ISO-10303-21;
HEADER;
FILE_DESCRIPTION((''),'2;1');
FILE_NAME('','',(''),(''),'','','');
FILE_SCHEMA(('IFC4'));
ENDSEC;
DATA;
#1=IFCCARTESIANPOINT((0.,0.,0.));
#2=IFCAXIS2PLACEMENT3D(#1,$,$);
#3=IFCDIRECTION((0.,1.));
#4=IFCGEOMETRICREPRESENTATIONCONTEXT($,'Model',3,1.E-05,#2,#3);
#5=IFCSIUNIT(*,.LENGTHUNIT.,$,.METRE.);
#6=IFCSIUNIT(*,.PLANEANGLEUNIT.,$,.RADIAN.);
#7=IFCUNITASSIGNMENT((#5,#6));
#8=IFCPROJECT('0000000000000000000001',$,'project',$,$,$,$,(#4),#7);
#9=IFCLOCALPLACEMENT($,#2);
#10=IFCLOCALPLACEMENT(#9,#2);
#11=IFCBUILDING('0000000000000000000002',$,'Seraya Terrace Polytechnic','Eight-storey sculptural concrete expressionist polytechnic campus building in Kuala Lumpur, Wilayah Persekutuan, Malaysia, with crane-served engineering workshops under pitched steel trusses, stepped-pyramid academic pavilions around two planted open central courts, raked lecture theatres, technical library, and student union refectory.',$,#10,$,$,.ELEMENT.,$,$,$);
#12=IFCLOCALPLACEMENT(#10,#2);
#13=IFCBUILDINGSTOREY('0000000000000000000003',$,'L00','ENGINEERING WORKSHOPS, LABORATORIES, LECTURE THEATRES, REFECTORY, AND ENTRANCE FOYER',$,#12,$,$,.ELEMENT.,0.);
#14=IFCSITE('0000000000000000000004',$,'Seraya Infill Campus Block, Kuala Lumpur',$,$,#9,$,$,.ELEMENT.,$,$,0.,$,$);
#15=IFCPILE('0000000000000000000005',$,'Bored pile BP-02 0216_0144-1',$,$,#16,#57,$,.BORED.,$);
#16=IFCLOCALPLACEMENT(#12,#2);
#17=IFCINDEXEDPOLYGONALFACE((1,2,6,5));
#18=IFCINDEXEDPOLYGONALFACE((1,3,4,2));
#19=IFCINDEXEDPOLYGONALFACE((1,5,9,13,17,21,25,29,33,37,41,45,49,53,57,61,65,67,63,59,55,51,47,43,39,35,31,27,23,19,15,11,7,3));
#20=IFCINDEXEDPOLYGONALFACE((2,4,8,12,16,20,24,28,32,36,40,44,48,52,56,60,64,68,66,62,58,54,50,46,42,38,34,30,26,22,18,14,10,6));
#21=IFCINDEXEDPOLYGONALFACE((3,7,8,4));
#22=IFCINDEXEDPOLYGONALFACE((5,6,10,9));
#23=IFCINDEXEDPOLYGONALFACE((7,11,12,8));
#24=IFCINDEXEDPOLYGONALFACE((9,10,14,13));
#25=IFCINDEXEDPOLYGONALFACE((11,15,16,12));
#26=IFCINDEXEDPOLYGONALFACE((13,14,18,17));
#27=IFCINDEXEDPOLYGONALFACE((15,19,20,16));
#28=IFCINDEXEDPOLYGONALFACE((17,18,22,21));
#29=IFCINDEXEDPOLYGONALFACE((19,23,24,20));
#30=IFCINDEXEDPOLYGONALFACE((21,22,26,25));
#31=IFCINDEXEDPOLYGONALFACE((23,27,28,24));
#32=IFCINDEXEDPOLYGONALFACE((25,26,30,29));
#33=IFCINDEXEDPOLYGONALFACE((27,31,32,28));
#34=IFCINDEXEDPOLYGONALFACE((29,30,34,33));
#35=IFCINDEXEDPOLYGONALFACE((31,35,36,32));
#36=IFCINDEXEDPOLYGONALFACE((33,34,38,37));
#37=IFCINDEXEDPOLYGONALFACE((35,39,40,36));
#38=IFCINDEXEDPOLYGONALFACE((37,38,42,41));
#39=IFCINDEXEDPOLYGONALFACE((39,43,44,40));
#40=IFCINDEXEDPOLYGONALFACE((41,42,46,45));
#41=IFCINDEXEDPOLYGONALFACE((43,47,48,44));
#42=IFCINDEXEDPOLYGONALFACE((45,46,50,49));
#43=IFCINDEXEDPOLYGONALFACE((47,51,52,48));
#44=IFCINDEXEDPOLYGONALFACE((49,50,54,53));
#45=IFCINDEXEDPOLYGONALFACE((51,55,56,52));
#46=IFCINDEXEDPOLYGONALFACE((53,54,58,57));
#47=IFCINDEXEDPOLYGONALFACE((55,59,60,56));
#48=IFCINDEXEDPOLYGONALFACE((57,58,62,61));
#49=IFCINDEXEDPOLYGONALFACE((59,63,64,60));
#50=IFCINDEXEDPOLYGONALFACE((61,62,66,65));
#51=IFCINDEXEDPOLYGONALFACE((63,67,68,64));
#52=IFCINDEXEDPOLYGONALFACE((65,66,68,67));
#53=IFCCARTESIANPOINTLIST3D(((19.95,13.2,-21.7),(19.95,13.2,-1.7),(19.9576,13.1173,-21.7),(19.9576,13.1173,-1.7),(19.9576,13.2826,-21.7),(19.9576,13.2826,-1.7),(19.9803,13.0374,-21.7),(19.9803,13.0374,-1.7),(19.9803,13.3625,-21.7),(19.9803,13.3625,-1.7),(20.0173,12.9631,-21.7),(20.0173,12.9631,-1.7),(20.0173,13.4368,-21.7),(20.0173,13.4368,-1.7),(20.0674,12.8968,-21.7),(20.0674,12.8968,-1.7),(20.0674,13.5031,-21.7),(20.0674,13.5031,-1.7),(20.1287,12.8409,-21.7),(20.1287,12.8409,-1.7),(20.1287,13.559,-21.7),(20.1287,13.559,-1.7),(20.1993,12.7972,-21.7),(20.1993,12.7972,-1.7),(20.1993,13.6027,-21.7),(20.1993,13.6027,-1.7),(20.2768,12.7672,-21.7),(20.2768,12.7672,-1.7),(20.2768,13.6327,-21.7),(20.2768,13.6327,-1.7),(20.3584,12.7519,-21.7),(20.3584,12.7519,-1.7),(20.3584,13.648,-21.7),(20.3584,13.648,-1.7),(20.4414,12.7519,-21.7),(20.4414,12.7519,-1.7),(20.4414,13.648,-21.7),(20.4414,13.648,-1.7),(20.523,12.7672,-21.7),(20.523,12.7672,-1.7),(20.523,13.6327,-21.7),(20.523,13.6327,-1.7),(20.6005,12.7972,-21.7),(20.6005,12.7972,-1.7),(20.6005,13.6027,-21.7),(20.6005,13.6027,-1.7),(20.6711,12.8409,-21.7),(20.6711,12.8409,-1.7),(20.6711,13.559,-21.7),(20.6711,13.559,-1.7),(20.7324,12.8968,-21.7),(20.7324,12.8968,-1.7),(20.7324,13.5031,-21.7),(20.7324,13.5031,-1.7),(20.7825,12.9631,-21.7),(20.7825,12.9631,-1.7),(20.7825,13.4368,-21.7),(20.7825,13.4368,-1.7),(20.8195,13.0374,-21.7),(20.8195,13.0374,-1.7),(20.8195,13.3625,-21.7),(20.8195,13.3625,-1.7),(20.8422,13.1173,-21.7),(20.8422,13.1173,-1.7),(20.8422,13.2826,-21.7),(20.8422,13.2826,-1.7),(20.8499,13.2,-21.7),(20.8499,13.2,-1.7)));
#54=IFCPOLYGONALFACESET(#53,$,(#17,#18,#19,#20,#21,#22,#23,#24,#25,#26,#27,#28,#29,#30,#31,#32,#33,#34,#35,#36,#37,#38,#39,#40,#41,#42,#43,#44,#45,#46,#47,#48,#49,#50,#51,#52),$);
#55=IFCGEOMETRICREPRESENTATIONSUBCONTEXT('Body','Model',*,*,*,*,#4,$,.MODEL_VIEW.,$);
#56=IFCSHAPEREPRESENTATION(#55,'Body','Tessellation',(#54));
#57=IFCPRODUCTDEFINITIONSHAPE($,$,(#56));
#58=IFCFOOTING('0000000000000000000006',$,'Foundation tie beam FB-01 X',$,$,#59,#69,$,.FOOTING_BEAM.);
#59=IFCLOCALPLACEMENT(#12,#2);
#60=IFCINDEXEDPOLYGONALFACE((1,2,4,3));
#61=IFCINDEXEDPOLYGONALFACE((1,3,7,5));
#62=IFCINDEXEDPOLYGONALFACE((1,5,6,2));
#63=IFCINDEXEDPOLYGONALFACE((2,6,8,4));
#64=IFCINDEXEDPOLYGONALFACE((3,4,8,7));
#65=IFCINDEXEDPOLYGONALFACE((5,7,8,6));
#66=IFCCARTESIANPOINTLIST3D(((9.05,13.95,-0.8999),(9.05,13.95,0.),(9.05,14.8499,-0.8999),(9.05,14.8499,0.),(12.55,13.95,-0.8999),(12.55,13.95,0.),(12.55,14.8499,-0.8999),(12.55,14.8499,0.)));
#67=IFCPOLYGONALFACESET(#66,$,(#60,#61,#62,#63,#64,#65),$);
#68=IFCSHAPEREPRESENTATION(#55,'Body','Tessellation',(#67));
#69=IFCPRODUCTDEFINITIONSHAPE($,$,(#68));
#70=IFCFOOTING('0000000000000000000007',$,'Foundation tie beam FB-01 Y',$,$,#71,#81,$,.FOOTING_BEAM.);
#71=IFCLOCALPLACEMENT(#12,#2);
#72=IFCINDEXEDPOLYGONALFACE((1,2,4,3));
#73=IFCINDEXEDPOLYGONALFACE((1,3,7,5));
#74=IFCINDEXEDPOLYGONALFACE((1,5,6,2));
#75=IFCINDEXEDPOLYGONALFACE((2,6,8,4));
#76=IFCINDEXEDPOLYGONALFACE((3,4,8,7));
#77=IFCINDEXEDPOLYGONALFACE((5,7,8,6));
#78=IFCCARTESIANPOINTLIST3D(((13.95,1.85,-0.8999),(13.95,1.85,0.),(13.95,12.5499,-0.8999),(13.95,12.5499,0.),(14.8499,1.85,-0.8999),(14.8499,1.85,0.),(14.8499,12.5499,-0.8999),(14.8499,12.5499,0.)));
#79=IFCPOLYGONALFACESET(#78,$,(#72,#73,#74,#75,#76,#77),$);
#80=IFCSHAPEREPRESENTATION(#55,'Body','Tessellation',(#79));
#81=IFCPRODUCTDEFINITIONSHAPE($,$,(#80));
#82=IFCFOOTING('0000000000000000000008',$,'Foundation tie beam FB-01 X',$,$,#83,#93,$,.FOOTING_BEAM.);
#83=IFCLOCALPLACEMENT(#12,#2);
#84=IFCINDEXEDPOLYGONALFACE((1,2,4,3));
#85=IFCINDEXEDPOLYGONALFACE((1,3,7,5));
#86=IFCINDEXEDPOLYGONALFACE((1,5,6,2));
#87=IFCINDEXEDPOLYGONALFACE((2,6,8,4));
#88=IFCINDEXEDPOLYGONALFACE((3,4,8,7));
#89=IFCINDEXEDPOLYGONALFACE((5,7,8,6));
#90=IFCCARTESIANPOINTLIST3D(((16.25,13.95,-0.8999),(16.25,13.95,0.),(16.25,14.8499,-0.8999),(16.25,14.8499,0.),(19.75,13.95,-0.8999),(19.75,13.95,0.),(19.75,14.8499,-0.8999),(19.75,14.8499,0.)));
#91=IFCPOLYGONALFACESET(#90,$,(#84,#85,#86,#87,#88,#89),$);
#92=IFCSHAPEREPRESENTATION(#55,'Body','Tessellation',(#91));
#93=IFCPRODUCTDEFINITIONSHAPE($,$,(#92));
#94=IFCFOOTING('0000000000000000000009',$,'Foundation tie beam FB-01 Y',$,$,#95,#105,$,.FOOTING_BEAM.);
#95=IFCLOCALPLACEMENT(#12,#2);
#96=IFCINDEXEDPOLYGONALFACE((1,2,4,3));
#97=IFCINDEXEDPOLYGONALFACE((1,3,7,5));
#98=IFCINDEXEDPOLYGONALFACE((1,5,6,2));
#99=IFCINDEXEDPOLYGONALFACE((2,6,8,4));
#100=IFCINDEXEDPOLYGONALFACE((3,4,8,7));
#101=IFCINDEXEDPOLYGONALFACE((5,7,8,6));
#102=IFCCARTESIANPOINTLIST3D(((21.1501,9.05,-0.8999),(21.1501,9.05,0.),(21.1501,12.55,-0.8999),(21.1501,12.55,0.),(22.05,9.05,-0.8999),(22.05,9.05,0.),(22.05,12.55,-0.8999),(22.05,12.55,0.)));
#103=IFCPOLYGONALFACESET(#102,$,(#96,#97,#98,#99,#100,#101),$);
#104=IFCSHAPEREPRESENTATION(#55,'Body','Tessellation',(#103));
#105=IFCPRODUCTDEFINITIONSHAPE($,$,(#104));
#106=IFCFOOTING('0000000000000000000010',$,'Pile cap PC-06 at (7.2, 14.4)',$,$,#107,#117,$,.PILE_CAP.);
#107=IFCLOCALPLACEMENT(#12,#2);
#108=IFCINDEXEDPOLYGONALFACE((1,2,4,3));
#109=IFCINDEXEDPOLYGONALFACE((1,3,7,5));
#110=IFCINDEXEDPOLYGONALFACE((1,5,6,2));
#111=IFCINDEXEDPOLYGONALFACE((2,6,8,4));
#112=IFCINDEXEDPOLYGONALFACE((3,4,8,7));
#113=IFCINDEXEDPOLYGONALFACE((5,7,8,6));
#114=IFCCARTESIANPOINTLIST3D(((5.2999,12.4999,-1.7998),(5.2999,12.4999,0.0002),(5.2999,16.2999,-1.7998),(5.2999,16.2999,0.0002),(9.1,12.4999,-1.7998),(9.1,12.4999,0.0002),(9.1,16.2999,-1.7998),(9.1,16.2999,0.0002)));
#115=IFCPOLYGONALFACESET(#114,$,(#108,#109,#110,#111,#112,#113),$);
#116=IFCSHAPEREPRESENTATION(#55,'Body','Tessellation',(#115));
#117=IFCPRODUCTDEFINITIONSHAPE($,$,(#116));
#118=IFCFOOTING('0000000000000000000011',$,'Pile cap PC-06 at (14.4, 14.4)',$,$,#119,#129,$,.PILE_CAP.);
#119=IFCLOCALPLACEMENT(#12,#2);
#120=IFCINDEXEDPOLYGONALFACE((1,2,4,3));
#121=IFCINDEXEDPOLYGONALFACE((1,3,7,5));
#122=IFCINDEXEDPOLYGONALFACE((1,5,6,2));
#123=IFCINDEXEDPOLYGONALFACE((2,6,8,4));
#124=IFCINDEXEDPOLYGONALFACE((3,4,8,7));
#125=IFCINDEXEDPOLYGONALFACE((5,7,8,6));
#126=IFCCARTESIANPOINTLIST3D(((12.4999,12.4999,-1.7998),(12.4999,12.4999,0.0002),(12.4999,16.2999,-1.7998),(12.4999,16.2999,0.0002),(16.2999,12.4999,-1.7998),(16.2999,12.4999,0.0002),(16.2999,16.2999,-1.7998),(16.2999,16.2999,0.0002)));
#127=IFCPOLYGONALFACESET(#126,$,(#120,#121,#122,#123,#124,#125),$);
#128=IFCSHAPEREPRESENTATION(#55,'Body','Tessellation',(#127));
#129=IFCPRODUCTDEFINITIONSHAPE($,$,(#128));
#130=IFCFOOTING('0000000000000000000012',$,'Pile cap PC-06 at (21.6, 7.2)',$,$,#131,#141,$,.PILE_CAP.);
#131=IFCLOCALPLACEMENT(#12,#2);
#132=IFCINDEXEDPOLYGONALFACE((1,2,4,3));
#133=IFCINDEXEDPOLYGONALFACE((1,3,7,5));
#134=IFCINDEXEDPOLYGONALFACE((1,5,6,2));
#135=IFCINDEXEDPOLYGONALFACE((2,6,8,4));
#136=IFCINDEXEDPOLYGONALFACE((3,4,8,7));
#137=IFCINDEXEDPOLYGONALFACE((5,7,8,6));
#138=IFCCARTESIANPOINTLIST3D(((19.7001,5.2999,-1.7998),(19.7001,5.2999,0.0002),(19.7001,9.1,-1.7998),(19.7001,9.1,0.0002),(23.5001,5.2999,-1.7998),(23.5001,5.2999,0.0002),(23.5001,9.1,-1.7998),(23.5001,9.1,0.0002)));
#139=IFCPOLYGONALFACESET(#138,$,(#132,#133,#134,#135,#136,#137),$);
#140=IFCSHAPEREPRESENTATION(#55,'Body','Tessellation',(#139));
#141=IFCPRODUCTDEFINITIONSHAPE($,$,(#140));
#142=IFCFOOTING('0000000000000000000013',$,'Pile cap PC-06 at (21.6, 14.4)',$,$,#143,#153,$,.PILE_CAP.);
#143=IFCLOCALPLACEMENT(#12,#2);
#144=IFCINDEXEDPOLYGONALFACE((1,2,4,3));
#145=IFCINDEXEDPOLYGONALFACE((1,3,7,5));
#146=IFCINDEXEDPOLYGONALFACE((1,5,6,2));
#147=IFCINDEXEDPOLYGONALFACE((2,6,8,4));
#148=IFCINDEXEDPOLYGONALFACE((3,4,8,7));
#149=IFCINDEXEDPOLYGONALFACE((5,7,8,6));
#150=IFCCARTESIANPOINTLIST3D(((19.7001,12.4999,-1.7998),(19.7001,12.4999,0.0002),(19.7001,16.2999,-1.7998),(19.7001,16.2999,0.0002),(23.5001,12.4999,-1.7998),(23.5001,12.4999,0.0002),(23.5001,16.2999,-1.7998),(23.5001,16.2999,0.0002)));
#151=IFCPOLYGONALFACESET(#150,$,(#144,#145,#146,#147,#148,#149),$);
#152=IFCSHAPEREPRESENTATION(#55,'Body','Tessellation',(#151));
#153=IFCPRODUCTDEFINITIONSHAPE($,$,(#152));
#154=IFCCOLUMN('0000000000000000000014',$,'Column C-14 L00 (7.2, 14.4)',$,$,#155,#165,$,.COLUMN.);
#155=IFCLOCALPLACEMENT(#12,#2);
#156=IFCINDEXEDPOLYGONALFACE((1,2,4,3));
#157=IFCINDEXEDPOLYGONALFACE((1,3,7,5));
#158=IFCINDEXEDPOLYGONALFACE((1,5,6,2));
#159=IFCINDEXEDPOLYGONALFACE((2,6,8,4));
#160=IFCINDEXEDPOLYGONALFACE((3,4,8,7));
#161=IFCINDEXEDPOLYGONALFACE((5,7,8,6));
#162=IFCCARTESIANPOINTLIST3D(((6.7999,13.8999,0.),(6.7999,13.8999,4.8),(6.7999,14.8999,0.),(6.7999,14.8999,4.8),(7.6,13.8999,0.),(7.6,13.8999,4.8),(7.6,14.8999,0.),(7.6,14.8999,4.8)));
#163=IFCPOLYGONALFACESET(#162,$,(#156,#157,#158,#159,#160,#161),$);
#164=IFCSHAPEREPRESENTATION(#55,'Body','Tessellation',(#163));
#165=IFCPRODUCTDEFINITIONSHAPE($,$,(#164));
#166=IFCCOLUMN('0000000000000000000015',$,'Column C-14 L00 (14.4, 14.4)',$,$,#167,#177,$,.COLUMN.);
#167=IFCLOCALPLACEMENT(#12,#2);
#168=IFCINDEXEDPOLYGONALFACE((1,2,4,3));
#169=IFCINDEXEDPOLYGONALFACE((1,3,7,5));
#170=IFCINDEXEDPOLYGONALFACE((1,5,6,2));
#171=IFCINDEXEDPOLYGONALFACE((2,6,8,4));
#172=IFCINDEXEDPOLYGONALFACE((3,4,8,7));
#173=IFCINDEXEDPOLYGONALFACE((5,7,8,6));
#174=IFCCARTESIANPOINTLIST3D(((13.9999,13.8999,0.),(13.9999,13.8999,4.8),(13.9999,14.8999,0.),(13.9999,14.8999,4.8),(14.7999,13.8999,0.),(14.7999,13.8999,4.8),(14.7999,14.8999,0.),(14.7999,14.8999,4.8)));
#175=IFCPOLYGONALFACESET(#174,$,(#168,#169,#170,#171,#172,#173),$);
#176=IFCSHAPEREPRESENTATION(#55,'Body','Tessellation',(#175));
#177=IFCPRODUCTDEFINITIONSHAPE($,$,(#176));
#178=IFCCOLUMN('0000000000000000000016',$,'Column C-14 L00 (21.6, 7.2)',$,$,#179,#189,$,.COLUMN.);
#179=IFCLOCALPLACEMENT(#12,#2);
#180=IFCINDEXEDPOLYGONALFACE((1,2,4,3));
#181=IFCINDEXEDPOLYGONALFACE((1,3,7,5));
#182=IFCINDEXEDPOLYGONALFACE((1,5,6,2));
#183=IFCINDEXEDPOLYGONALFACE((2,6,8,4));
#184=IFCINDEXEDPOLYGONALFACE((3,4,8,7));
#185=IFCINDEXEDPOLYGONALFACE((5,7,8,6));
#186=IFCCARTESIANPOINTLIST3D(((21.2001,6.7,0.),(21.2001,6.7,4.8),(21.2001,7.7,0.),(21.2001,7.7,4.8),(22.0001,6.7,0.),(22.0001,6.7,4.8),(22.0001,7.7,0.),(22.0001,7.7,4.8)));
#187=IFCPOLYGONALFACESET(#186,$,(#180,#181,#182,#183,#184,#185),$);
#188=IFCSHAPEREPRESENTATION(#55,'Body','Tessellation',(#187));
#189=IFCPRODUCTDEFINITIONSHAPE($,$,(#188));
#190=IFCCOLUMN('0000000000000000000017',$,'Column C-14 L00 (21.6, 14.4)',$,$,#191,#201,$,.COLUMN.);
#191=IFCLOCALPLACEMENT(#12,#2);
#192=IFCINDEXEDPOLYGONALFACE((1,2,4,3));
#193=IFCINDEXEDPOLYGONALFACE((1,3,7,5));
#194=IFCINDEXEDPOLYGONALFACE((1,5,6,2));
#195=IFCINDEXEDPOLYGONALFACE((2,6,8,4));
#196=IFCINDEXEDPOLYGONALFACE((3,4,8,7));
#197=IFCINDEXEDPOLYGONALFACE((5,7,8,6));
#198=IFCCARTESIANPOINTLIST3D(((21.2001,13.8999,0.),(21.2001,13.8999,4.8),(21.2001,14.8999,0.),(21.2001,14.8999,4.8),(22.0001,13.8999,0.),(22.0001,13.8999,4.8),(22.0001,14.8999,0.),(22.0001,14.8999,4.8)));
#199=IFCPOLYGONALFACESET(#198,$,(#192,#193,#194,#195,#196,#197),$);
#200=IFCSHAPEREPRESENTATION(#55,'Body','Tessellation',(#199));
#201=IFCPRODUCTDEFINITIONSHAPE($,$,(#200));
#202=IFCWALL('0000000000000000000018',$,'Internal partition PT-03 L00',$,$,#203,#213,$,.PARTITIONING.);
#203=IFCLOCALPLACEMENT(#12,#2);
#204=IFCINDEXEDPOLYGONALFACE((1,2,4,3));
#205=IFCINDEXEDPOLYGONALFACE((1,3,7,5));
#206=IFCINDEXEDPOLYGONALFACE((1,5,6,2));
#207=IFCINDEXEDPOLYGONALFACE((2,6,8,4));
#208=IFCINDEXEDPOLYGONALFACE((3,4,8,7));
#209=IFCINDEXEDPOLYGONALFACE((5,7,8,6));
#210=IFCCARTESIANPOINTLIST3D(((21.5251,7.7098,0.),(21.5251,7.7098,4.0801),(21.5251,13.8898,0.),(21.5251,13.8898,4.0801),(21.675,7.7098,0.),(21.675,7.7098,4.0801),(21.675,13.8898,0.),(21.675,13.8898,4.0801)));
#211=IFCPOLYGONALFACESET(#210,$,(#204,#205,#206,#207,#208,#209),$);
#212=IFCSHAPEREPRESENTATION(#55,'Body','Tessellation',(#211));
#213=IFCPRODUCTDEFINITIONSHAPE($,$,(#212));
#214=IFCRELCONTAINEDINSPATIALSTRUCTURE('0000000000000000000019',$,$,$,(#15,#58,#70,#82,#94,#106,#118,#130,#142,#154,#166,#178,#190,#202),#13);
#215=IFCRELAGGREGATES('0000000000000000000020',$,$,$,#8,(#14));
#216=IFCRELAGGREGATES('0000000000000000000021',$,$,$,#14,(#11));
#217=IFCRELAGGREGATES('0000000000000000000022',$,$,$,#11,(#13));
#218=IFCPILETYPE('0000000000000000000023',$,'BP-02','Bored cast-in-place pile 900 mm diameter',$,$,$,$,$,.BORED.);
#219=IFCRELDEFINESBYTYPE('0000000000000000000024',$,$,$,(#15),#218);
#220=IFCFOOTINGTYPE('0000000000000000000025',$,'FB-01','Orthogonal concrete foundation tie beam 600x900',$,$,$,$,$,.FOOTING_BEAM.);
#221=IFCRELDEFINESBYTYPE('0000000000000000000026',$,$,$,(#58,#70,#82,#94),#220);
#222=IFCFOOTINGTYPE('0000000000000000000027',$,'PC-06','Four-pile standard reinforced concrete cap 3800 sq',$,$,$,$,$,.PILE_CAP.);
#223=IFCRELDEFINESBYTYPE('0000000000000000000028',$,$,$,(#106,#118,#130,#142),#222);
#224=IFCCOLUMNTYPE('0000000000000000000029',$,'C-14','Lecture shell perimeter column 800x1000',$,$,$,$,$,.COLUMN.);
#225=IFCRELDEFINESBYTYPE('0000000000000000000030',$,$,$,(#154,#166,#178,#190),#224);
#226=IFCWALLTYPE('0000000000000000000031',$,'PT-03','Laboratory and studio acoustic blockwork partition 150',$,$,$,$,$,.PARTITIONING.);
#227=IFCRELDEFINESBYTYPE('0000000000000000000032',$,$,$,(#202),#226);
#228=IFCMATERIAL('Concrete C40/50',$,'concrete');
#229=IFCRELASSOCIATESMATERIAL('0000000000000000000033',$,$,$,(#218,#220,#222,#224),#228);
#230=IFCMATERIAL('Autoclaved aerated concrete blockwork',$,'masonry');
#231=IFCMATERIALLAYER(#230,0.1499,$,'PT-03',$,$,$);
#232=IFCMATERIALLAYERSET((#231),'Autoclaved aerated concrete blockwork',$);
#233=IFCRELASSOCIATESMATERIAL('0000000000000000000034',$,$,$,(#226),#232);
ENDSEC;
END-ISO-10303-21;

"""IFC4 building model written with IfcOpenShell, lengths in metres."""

from ifc_helpers import new_model, si_unit, direction, frame, frame_2d, origin, origin_2d, place, context, subcontext, project, spatial, rectangle, circle, extrude, material, layer, layer_set, material_profile, profile_set, type_object, element, save


model = new_model("IFC4")

# Units and contexts
model_context = context("Model", 3, precision=1e-05, world=origin(), true_north=direction((0.0, 1.0)))
body_context = subcontext(model_context, "Body", "Model", "MODEL_VIEW")
ifc_project = project(units=[si_unit("LENGTHUNIT", "METRE"), si_unit("PLANEANGLEUNIT", "RADIAN")], contexts=[model_context])

# Site, building, storey
site_placement = place(None, origin())
site = spatial("IfcSite", under=ifc_project, at=site_placement, Name="Seraya Infill Campus Block, Kuala Lumpur", CompositionType="ELEMENT", RefElevation=0.0)
building_placement = place(site_placement, origin())
building = spatial("IfcBuilding", under=site, at=building_placement, Name="Seraya Terrace Polytechnic", Description="Eight-storey sculptural concrete expressionist polytechnic campus building in Kuala Lumpur, Wilayah Persekutuan, Malaysia, with crane-served engineering workshops under pitched steel trusses, stepped-pyramid academic pavilions around two planted open central courts, raked lecture theatres, technical library, and student union refectory.", CompositionType="ELEMENT")
storey_placement = place(building_placement, origin())
storey = spatial("IfcBuildingStorey", under=building, at=storey_placement, Name="L00", Description="ENGINEERING WORKSHOPS, LABORATORIES, LECTURE THEATRES, REFECTORY, AND ENTRANCE FOYER", CompositionType="ELEMENT", Elevation=0.0)

# Pile
ifc_material_1 = material(Name="Concrete C40/50", Category="concrete")
ifc_material_profile_1 = material_profile(ifc_material_1, circle(Radius=0.45, at=origin_2d()), Name="DIA 900")
ifc_profile_set_1 = profile_set([ifc_material_profile_1], Name="Concrete C40/50")
pile_type = type_object("IfcPileType", Name="BP-02", Description="Bored cast-in-place pile 900 mm diameter", PredefinedType="BORED", material=ifc_profile_set_1)
for number, where, z_axis, x_axis, name in (
    (1, (20.3999, 13.2, -1.7), (0.0, 0.0, -1.0), (1.0, 0.0, 0.0), "Bored pile BP-02 0216_0144-1"),
):
    element("IfcPile", number, at=place(storey_placement, frame(where, z_axis=z_axis, x_axis=x_axis)), inside=storey, type_object=pile_type, Name=name, PredefinedType="BORED", context=body_context, shape_type="SweptSolid", body=[
        extrude(circle(Radius=0.45, at=origin_2d()), origin(), (0.0, 0.0, 1.0), 20.0),
    ])

# Footings
footing_type_1 = type_object("IfcFootingType", Name="FB-01", Description="Orthogonal concrete foundation tie beam 600x900", PredefinedType="FOOTING_BEAM", material=ifc_material_1)
footing_1_placement = place(storey_placement, frame((10.8, 14.3999, -0.8999), z_axis=(0.0, 0.0, 1.0), x_axis=(1.0, 0.0, 0.0)))
element("IfcFooting", 2, at=footing_1_placement, inside=storey, type_object=footing_type_1, Name="Foundation tie beam FB-01 X", PredefinedType="FOOTING_BEAM", context=body_context, shape_type="SweptSolid", body=[
    extrude(rectangle(XDim=3.5, YDim=0.8999, at=origin_2d()), origin(), (0.0, 0.0, 1.0), 0.8999),
])
footing_2_placement = place(storey_placement, frame((14.3999, 7.2, -0.8999), z_axis=(0.0, 0.0, 1.0), x_axis=(0.0, 1.0, 0.0)))
element("IfcFooting", 3, at=footing_2_placement, inside=storey, type_object=footing_type_1, Name="Foundation tie beam FB-01 Y", PredefinedType="FOOTING_BEAM", context=body_context, shape_type="SweptSolid", body=[
    extrude(rectangle(XDim=10.7, YDim=0.8999, at=origin_2d()), origin(), (0.0, 0.0, 1.0), 0.8999),
])
for number, where, z_axis, x_axis, name in (
    (4, (18.0, 14.3999, -0.8999), (0.0, 0.0, 1.0), (1.0, 0.0, 0.0), "Foundation tie beam FB-01 X"),
    (5, (21.6001, 10.8, -0.8999), (0.0, 0.0, 1.0), (0.0, 1.0, 0.0), "Foundation tie beam FB-01 Y"),
):
    element("IfcFooting", number, at=place(storey_placement, frame(where, z_axis=z_axis, x_axis=x_axis)), inside=storey, type_object=footing_type_1, Name=name, PredefinedType="FOOTING_BEAM", context=body_context, shape_type="SweptSolid", body=[
        extrude(rectangle(XDim=3.5, YDim=0.8999, at=origin_2d()), origin(), (0.0, 0.0, 1.0), 0.8999),
    ])
footing_type_2 = type_object("IfcFootingType", Name="PC-06", Description="Four-pile standard reinforced concrete cap 3800 sq", PredefinedType="PILE_CAP", material=ifc_material_1)
for number, where, z_axis, x_axis, name in (
    (6, (7.2, 14.3999, -1.7998), (0.0, 0.0, 1.0), (1.0, 0.0, 0.0), "Pile cap PC-06 at (7.2, 14.4)"),
    (7, (14.3999, 14.3999, -1.7998), (0.0, 0.0, 1.0), (1.0, 0.0, 0.0), "Pile cap PC-06 at (14.4, 14.4)"),
    (8, (21.6001, 7.2, -1.7998), (0.0, 0.0, 1.0), (1.0, 0.0, 0.0), "Pile cap PC-06 at (21.6, 7.2)"),
    (9, (21.6001, 14.3999, -1.7998), (0.0, 0.0, 1.0), (1.0, 0.0, 0.0), "Pile cap PC-06 at (21.6, 14.4)"),
):
    element("IfcFooting", number, at=place(storey_placement, frame(where, z_axis=z_axis, x_axis=x_axis)), inside=storey, type_object=footing_type_2, Name=name, PredefinedType="PILE_CAP", context=body_context, shape_type="SweptSolid", body=[
        extrude(rectangle(XDim=3.8, YDim=3.8, at=origin_2d()), origin(), (0.0, 0.0, 1.0), 1.8),
    ])

# Columns
ifc_material_profile_2 = material_profile(ifc_material_1, rectangle(XDim=0.8, YDim=1.0, at=origin_2d()), Name="RC 800x1000")
ifc_profile_set_2 = profile_set([ifc_material_profile_2], Name="Concrete C40/50")
column_type = type_object("IfcColumnType", Name="C-14", Description="Lecture shell perimeter column 800x1000", PredefinedType="COLUMN", material=ifc_profile_set_2)
for number, where, z_axis, x_axis, name in (
    (10, (7.2, 14.3999, 0.0), (0.0, 0.0, 1.0), (1.0, 0.0, 0.0), "Column C-14 L00 (7.2, 14.4)"),
    (11, (14.3999, 14.3999, 0.0), (0.0, 0.0, 1.0), (1.0, 0.0, 0.0), "Column C-14 L00 (14.4, 14.4)"),
    (12, (21.6001, 7.2, 0.0), (0.0, 0.0, 1.0), (1.0, 0.0, 0.0), "Column C-14 L00 (21.6, 7.2)"),
    (13, (21.6001, 14.3999, 0.0), (0.0, 0.0, 1.0), (1.0, 0.0, 0.0), "Column C-14 L00 (21.6, 14.4)"),
):
    element("IfcColumn", number, at=place(storey_placement, frame(where, z_axis=z_axis, x_axis=x_axis)), inside=storey, type_object=column_type, Name=name, PredefinedType="COLUMN", context=body_context, shape_type="SweptSolid", body=[
        extrude(rectangle(XDim=0.8, YDim=1.0, at=origin_2d()), origin(), (0.0, 0.0, 1.0), 4.8),
    ])

# Wall
ifc_material_2 = material(Name="Autoclaved aerated concrete blockwork", Category="masonry")
ifc_layer_1 = layer(ifc_material_2, 0.1499, Name="PT-03")
ifc_layer_set_1 = layer_set([ifc_layer_1], Name="Autoclaved aerated concrete blockwork")
wall_type_1 = type_object("IfcWallType", Name="PT-03", Description="Laboratory and studio acoustic blockwork partition 150", PredefinedType="PARTITIONING", material=ifc_layer_set_1)
wall_1_placement = place(storey_placement, frame((21.6001, 7.71, 0.0), z_axis=(0.0, 0.0, 1.0), x_axis=(0.0, 1.0, 0.0)))
element("IfcWall", 14, at=wall_1_placement, inside=storey, type_object=wall_type_1, Name="Internal partition PT-03 L00", PredefinedType="PARTITIONING", context=body_context, shape_type="SweptSolid", body=[
    extrude(rectangle(XDim=6.1799, YDim=0.1499, at=frame_2d((3.0898, 0.0))), origin(), (0.0, 0.0, 1.0), 4.0801),
])

save(model, "model.ifc")
